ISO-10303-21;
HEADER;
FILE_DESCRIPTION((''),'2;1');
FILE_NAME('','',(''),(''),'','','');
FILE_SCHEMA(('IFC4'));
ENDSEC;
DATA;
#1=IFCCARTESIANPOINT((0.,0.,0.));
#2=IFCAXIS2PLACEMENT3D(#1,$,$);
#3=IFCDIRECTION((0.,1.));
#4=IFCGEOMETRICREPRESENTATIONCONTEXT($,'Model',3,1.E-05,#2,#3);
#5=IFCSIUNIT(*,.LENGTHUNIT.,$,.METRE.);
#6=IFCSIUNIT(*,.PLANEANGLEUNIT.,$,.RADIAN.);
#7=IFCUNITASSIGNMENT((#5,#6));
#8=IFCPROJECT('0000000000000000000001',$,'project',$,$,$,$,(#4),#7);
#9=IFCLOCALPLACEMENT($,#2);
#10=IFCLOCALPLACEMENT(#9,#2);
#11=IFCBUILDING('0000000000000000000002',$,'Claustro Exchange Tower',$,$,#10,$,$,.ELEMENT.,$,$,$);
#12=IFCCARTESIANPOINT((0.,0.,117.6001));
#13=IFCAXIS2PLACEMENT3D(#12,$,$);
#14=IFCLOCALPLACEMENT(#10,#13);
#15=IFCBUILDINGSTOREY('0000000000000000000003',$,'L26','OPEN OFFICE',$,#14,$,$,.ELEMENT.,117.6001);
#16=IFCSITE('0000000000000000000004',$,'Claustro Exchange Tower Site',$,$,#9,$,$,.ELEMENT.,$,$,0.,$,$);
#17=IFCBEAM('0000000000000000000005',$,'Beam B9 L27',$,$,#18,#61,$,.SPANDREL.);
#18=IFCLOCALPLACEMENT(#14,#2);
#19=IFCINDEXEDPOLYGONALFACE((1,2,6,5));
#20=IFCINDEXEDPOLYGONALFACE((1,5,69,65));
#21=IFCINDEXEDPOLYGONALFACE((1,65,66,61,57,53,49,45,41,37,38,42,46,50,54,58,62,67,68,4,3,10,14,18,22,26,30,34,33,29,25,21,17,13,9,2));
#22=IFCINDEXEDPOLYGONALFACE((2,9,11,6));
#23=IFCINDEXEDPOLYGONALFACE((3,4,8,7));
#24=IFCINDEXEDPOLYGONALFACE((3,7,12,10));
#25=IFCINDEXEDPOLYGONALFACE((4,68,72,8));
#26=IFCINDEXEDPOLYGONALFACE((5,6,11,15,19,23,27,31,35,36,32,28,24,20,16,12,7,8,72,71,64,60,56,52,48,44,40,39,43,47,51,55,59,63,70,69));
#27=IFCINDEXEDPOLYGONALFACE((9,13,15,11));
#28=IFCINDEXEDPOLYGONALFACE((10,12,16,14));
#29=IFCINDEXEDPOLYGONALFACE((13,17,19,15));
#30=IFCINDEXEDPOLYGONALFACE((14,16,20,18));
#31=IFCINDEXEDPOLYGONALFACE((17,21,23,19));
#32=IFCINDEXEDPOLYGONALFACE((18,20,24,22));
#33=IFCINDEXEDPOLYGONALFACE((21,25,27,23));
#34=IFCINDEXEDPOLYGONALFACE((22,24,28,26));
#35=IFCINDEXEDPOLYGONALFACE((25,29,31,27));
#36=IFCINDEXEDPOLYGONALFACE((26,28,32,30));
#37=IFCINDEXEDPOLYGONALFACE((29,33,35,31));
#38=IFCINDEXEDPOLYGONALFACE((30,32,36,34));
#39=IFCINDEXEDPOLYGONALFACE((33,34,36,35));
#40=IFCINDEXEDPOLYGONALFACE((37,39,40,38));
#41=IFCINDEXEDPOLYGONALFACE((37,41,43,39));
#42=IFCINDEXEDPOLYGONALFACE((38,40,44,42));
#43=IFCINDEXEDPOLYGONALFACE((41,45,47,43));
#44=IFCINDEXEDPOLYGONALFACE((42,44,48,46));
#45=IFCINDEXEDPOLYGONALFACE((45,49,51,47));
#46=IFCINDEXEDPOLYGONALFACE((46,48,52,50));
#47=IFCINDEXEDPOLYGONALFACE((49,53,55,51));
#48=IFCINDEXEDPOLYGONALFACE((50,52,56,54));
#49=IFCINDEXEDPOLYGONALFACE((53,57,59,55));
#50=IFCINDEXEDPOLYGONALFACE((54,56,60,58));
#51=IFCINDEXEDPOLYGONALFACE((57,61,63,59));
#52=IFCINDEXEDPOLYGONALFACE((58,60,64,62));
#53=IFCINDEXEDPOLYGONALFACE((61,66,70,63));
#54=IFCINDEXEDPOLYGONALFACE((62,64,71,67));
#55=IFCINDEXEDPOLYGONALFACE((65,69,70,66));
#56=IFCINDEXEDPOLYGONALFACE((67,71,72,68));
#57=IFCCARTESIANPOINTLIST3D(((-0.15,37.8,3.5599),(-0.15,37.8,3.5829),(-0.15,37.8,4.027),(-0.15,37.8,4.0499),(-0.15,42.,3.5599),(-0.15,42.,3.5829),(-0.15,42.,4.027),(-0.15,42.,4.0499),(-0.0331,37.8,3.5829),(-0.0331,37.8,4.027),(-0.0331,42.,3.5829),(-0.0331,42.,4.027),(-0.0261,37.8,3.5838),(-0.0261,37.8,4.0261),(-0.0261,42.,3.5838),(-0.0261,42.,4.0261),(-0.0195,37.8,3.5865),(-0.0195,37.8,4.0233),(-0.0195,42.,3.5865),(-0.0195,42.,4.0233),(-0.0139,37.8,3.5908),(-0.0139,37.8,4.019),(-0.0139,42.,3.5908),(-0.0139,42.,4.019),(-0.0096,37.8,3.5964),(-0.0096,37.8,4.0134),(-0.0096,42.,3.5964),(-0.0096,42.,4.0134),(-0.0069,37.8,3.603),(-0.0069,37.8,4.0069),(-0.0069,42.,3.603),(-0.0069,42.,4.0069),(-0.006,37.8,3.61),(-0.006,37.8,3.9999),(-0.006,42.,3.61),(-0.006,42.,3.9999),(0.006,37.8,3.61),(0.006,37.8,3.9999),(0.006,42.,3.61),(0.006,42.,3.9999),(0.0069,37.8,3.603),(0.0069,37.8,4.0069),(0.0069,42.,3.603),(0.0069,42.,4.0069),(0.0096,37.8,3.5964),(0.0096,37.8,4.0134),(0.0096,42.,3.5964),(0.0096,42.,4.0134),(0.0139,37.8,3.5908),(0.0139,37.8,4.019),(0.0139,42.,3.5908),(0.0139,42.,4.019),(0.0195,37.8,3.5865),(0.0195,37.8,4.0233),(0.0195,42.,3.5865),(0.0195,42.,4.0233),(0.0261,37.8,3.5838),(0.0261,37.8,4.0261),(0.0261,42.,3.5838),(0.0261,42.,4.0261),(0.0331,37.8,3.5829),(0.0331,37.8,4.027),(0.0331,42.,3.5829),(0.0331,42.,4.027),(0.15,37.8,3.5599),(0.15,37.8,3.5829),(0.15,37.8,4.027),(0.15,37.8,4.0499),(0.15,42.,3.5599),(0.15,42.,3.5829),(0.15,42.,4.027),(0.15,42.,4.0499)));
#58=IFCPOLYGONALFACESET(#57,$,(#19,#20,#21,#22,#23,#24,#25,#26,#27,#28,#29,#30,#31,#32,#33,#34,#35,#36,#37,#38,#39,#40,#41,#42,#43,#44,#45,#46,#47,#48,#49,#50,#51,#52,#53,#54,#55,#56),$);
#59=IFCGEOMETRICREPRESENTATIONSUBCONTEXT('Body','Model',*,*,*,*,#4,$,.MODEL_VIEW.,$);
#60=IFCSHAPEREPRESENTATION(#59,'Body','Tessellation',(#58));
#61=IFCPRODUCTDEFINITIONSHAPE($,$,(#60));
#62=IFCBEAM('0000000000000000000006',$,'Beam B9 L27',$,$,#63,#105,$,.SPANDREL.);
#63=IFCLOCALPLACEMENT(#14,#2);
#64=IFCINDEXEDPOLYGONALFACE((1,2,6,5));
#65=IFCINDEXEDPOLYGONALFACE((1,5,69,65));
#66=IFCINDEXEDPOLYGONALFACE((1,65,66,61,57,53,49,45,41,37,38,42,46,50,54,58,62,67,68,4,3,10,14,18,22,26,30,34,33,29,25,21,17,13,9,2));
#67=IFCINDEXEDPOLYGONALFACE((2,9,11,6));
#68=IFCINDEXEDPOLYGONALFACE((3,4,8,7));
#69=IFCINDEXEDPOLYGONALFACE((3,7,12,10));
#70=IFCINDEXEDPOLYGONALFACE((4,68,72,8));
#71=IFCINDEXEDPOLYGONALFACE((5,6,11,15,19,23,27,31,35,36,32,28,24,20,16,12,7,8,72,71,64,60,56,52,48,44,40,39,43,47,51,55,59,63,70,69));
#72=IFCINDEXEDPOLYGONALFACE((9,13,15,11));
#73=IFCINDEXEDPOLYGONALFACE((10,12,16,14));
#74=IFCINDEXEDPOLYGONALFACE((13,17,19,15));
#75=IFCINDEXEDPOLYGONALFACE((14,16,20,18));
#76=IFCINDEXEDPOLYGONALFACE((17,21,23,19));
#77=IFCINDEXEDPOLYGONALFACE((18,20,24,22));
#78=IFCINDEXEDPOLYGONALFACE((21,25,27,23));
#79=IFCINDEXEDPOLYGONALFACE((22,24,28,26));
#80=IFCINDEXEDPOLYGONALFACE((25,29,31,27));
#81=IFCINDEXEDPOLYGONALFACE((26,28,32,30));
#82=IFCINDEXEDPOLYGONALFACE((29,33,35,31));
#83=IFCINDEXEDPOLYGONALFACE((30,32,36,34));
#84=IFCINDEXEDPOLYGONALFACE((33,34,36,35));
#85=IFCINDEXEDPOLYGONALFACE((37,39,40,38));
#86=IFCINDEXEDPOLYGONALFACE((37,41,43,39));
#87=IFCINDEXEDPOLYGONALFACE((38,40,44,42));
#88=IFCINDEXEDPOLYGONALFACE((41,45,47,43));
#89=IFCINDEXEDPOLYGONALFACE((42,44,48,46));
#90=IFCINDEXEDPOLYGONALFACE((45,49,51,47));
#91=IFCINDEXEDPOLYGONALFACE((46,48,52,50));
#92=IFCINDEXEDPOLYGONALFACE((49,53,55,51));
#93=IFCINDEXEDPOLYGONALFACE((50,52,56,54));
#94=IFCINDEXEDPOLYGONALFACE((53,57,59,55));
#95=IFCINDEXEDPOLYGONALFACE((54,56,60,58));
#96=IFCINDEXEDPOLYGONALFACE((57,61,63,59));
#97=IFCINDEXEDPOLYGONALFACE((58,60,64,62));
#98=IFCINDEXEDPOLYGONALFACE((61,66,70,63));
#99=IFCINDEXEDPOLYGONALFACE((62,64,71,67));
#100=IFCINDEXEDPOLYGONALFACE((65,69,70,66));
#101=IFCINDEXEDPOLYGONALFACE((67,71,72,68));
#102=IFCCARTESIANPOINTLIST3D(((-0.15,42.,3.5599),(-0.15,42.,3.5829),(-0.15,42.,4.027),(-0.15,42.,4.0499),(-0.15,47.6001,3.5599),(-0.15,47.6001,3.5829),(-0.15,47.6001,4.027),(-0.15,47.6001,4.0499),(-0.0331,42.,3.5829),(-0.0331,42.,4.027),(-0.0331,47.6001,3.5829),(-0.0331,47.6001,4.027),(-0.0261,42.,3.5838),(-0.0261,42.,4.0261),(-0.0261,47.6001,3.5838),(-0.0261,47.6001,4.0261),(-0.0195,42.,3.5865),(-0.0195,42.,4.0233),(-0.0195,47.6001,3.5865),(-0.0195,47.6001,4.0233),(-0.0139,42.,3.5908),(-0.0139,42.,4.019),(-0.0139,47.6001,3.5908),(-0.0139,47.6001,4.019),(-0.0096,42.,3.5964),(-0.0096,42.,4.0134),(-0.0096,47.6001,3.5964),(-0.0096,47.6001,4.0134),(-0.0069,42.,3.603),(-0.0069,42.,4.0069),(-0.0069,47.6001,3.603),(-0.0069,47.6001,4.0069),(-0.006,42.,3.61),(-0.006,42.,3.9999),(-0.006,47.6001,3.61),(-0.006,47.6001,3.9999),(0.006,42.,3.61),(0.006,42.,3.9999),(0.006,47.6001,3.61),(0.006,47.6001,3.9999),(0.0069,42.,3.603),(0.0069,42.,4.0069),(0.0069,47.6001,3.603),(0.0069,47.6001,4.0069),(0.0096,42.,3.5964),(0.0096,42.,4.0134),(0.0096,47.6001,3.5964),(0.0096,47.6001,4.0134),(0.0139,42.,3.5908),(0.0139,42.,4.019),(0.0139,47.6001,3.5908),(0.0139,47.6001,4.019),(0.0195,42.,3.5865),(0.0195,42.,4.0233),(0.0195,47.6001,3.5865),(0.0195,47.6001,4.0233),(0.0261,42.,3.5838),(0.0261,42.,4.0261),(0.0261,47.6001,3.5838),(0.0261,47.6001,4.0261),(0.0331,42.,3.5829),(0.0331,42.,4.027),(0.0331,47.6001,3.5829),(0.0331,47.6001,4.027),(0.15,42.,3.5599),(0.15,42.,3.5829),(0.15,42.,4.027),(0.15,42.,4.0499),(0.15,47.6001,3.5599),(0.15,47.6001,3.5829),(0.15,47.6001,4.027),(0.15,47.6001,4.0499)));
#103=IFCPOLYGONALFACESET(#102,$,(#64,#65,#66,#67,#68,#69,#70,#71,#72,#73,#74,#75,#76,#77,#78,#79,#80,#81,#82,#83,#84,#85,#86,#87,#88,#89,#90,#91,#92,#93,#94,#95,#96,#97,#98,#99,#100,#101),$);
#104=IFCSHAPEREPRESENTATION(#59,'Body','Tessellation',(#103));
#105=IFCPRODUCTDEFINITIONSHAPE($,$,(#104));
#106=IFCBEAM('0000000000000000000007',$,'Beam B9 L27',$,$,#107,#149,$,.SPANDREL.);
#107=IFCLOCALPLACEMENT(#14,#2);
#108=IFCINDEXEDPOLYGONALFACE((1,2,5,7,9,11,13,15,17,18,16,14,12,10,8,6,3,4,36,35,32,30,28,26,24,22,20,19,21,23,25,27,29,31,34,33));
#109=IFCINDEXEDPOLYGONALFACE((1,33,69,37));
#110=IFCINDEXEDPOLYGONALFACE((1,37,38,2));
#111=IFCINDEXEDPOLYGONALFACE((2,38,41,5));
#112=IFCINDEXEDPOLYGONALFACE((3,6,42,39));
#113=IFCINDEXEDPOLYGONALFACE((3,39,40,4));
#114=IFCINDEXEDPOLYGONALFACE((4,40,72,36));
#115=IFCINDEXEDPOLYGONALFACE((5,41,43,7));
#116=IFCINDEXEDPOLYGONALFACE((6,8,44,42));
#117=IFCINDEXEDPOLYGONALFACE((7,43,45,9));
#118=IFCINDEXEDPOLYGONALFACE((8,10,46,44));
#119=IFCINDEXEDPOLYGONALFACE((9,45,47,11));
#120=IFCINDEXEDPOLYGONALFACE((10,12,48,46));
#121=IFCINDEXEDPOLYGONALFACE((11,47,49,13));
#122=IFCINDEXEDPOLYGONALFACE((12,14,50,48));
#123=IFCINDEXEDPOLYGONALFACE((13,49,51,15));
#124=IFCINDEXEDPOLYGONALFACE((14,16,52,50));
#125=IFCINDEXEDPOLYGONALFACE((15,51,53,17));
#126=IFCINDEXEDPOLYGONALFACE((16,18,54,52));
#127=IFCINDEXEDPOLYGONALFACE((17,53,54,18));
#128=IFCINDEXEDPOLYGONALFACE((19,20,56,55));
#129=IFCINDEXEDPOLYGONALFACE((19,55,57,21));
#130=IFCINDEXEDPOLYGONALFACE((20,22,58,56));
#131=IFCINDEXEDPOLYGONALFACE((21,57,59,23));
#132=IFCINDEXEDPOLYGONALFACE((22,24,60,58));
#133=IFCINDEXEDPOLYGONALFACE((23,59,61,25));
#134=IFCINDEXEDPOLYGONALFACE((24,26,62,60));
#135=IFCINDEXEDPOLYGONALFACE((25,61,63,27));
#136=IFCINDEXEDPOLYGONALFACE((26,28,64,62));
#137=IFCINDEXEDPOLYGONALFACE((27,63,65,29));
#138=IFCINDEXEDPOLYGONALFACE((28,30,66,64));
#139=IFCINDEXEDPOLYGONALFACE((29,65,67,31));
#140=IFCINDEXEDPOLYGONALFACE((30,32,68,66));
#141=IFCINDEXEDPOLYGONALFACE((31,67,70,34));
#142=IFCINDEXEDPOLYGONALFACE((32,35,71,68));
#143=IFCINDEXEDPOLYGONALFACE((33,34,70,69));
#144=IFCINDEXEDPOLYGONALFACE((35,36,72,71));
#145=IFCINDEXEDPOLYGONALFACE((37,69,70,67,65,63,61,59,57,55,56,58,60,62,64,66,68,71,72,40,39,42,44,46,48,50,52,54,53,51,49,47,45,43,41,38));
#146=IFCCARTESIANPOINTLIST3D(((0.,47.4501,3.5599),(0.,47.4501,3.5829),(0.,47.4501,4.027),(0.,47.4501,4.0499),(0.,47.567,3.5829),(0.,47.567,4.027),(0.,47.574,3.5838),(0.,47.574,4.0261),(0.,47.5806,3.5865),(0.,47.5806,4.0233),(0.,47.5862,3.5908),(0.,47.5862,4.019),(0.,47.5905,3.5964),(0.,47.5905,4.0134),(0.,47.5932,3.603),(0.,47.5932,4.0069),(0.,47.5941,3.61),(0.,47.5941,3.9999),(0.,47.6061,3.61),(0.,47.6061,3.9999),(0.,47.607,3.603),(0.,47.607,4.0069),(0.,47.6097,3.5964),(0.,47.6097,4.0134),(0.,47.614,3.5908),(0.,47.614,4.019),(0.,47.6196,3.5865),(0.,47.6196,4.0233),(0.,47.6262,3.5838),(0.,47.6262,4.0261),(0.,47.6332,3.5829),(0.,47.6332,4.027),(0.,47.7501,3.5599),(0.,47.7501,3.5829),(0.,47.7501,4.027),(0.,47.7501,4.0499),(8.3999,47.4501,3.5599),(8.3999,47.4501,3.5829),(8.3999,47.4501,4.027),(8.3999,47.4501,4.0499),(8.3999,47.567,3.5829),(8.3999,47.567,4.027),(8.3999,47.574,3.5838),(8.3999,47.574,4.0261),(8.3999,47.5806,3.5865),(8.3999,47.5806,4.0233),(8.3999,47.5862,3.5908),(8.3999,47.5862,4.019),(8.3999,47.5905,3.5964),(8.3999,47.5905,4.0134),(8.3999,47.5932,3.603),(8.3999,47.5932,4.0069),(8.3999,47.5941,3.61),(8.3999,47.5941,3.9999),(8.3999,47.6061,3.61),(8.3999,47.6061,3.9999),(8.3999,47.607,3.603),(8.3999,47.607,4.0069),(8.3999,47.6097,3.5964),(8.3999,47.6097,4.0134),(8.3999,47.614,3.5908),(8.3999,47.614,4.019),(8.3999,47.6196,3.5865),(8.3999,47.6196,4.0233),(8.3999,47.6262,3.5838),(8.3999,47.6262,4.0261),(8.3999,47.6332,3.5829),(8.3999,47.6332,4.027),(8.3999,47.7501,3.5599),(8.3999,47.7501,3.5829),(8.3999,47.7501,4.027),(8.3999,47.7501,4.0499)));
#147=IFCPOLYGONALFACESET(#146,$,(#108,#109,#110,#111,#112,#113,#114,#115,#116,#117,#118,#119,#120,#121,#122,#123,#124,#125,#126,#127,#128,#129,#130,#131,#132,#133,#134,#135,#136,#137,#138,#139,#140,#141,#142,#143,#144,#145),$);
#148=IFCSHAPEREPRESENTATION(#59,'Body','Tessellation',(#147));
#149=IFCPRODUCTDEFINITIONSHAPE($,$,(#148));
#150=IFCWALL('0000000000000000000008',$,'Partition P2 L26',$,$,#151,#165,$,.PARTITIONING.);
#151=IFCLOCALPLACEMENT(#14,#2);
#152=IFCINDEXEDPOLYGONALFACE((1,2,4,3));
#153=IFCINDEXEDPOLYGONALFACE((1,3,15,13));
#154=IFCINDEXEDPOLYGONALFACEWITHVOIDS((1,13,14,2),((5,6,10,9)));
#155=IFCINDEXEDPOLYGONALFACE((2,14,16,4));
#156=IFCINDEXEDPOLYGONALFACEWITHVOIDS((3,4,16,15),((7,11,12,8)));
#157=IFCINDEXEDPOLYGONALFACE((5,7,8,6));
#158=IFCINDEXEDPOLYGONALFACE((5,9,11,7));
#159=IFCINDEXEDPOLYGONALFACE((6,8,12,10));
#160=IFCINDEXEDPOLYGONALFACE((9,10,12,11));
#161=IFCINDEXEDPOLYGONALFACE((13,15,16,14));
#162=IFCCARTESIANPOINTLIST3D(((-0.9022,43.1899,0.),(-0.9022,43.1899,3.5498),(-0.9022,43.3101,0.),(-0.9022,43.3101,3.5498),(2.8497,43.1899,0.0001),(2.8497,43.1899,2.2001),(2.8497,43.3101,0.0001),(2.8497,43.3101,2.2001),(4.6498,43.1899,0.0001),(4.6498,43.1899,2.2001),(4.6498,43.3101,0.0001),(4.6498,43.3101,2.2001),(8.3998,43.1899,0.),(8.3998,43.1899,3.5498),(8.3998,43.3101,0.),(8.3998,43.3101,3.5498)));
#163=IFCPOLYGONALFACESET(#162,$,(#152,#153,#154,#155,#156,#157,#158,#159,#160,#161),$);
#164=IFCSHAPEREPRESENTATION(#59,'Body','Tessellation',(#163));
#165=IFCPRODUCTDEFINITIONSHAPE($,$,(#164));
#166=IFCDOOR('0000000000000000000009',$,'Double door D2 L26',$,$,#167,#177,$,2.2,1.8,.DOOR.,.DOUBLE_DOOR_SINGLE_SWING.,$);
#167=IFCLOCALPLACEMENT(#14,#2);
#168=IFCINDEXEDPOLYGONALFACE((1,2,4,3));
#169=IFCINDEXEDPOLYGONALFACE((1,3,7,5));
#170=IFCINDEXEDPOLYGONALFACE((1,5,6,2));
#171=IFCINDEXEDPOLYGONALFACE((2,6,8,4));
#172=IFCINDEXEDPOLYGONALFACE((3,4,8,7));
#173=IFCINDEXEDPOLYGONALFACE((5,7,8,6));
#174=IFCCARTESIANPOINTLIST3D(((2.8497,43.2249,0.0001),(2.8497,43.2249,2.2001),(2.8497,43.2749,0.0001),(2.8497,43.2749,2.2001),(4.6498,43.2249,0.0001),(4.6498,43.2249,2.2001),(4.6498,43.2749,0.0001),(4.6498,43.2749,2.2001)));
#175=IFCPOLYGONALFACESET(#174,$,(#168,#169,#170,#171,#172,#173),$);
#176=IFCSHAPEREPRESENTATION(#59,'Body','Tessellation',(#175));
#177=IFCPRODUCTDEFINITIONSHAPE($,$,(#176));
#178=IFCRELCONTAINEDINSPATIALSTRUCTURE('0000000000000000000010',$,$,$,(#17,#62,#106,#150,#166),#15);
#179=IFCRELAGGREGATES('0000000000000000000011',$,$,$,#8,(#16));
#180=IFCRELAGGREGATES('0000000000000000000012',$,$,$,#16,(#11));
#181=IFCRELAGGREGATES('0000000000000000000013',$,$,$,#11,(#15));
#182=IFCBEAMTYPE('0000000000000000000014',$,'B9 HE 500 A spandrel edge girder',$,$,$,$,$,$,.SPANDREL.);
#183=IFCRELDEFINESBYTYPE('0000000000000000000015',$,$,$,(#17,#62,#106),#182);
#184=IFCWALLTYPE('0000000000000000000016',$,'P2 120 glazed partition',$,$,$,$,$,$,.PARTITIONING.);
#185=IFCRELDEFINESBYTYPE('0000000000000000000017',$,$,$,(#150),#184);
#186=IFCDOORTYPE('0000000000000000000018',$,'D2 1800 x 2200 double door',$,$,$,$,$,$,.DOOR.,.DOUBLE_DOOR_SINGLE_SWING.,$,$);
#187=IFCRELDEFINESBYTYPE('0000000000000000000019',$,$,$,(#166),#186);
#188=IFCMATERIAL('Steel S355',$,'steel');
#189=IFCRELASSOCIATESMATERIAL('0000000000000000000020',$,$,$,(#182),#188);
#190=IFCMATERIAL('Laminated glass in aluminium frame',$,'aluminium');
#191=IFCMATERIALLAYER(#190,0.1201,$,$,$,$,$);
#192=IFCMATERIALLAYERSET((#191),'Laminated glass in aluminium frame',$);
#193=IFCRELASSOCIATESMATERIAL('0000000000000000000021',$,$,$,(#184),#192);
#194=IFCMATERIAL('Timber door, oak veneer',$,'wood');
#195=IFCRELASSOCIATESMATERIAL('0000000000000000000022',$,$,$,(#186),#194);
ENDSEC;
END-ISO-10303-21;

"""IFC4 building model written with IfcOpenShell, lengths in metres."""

from ifc_helpers import new_model, si_unit, direction, frame, frame_2d, origin, origin_2d, place, context, subcontext, project, spatial, rectangle, i_section, extrude, material, layer, layer_set, material_profile, profile_set, type_object, element, fill, save


model = new_model("IFC4")

# Units and contexts
model_context = context("Model", 3, precision=1e-05, world=origin(), true_north=direction((0.0, 1.0)))
body_context = subcontext(model_context, "Body", "Model", "MODEL_VIEW")
ifc_project = project(units=[si_unit("LENGTHUNIT", "METRE"), si_unit("PLANEANGLEUNIT", "RADIAN")], contexts=[model_context])

# Site, building, storey
site_placement = place(None, origin())
site = spatial("IfcSite", under=ifc_project, at=site_placement, Name="Claustro Exchange Tower Site", CompositionType="ELEMENT", RefElevation=0.0)
building_placement = place(site_placement, origin())
building = spatial("IfcBuilding", under=site, at=building_placement, Name="Claustro Exchange Tower", CompositionType="ELEMENT")
storey_placement = place(building_placement, frame((0.0, 0.0, 117.6001)))
storey = spatial("IfcBuildingStorey", under=building, at=storey_placement, Name="L26", Description="OPEN OFFICE", CompositionType="ELEMENT", Elevation=117.6001)

# Beams
ifc_material_1 = material(Name="Steel S355", Category="steel")
ifc_material_profile_1 = material_profile(ifc_material_1, i_section(OverallWidth=0.3, OverallDepth=0.49, WebThickness=0.012, FlangeThickness=0.0229, FilletRadius=0.0271, at=origin_2d()), Name="HE 500 A")
ifc_profile_set_1 = profile_set([ifc_material_profile_1], Name="Steel S355")
beam_type_1 = type_object("IfcBeamType", Name="B9 HE 500 A spandrel edge girder", PredefinedType="SPANDREL", material=ifc_profile_set_1)
beam_1_placement = place(storey_placement, frame((0.0, 37.8, 3.8049), z_axis=(0.0, 1.0, 0.0), x_axis=(-1.0, 0.0, 0.0)))
element("IfcBeam", 1, at=beam_1_placement, inside=storey, type_object=beam_type_1, Name="Beam B9 L27", PredefinedType="SPANDREL", context=body_context, shape_type="SweptSolid", body=[
    extrude(i_section(OverallWidth=0.3, OverallDepth=0.49, WebThickness=0.012, FlangeThickness=0.0229, FilletRadius=0.0271, at=origin_2d()), origin(), (0.0, 0.0, 1.0), 4.2),
])
beam_2_placement = place(storey_placement, frame((0.0, 42.0, 3.8049), z_axis=(0.0, 1.0, 0.0), x_axis=(-1.0, 0.0, 0.0)))
element("IfcBeam", 2, at=beam_2_placement, inside=storey, type_object=beam_type_1, Name="Beam B9 L27", PredefinedType="SPANDREL", context=body_context, shape_type="SweptSolid", body=[
    extrude(i_section(OverallWidth=0.3, OverallDepth=0.49, WebThickness=0.012, FlangeThickness=0.0229, FilletRadius=0.0271, at=origin_2d()), origin(), (0.0, 0.0, 1.0), 5.6001),
])
beam_3_placement = place(storey_placement, frame((0.0, 47.6001, 3.8049), z_axis=(1.0, 0.0, 0.0), x_axis=(0.0, 1.0, 0.0)))
element("IfcBeam", 3, at=beam_3_placement, inside=storey, type_object=beam_type_1, Name="Beam B9 L27", PredefinedType="SPANDREL", context=body_context, shape_type="SweptSolid", body=[
    extrude(i_section(OverallWidth=0.3, OverallDepth=0.49, WebThickness=0.012, FlangeThickness=0.0229, FilletRadius=0.0271, at=origin_2d()), origin(), (0.0, 0.0, 1.0), 8.3999),
])

# Wall, opening, door
ifc_material_2 = material(Name="Laminated glass in aluminium frame", Category="aluminium")
ifc_layer_1 = layer(ifc_material_2, 0.1201)
ifc_layer_set_1 = layer_set([ifc_layer_1], Name="Laminated glass in aluminium frame")
wall_type_1 = type_object("IfcWallType", Name="P2 120 glazed partition", PredefinedType="PARTITIONING", material=ifc_layer_set_1)
wall_1_placement = place(storey_placement, frame((-0.9021, 43.25, 0.0), z_axis=(0.0, 0.0, 1.0), x_axis=(1.0, 0.0, 0.0)))
wall_1 = element("IfcWall", 4, at=wall_1_placement, inside=storey, type_object=wall_type_1, Name="Partition P2 L26", PredefinedType="PARTITIONING", context=body_context, shape_type="SweptSolid", body=[
    extrude(rectangle(XDim=9.302, YDim=0.1201, at=frame_2d((4.6509, 0.0))), origin(), (0.0, 0.0, 1.0), 3.5498),
])
opening_1_placement = place(wall_1_placement, frame((3.752, 0.0, 0.0)))
opening_1 = element("IfcOpeningElement", 5, at=opening_1_placement, cuts=wall_1, PredefinedType="OPENING", context=body_context, shape_type="SweptSolid", body=[
    extrude(rectangle(XDim=1.8, YDim=2.2, at=frame_2d((0.8999, 1.1001))), frame((0.0, 0.0701, 0.0), z_axis=(0.0, -1.0, 0.0), x_axis=(1.0, 0.0, 0.0)), (0.0, 0.0, 1.0), 0.1401),
])
ifc_material_3 = material(Name="Timber door, oak veneer", Category="wood")
door_type_1 = type_object("IfcDoorType", Name="D2 1800 x 2200 double door", OperationType="DOUBLE_DOOR_SINGLE_SWING", PredefinedType="DOOR", material=ifc_material_3)
door_1_placement = place(opening_1_placement, origin())
door_1 = element("IfcDoor", 6, at=door_1_placement, inside=storey, type_object=door_type_1, Name="Double door D2 L26", OperationType="DOUBLE_DOOR_SINGLE_SWING", OverallHeight=2.2, OverallWidth=1.8, PredefinedType="DOOR", context=body_context, shape_type="SweptSolid", body=[
    extrude(rectangle(XDim=1.8, YDim=2.2, at=frame_2d((0.8999, 1.1001))), frame((0.0, 0.0249, 0.0), z_axis=(0.0, -1.0, 0.0), x_axis=(1.0, 0.0, 0.0)), (0.0, 0.0, 1.0), 0.05),
])
fill(opening_1, door_1)

save(model, "model.ifc")
